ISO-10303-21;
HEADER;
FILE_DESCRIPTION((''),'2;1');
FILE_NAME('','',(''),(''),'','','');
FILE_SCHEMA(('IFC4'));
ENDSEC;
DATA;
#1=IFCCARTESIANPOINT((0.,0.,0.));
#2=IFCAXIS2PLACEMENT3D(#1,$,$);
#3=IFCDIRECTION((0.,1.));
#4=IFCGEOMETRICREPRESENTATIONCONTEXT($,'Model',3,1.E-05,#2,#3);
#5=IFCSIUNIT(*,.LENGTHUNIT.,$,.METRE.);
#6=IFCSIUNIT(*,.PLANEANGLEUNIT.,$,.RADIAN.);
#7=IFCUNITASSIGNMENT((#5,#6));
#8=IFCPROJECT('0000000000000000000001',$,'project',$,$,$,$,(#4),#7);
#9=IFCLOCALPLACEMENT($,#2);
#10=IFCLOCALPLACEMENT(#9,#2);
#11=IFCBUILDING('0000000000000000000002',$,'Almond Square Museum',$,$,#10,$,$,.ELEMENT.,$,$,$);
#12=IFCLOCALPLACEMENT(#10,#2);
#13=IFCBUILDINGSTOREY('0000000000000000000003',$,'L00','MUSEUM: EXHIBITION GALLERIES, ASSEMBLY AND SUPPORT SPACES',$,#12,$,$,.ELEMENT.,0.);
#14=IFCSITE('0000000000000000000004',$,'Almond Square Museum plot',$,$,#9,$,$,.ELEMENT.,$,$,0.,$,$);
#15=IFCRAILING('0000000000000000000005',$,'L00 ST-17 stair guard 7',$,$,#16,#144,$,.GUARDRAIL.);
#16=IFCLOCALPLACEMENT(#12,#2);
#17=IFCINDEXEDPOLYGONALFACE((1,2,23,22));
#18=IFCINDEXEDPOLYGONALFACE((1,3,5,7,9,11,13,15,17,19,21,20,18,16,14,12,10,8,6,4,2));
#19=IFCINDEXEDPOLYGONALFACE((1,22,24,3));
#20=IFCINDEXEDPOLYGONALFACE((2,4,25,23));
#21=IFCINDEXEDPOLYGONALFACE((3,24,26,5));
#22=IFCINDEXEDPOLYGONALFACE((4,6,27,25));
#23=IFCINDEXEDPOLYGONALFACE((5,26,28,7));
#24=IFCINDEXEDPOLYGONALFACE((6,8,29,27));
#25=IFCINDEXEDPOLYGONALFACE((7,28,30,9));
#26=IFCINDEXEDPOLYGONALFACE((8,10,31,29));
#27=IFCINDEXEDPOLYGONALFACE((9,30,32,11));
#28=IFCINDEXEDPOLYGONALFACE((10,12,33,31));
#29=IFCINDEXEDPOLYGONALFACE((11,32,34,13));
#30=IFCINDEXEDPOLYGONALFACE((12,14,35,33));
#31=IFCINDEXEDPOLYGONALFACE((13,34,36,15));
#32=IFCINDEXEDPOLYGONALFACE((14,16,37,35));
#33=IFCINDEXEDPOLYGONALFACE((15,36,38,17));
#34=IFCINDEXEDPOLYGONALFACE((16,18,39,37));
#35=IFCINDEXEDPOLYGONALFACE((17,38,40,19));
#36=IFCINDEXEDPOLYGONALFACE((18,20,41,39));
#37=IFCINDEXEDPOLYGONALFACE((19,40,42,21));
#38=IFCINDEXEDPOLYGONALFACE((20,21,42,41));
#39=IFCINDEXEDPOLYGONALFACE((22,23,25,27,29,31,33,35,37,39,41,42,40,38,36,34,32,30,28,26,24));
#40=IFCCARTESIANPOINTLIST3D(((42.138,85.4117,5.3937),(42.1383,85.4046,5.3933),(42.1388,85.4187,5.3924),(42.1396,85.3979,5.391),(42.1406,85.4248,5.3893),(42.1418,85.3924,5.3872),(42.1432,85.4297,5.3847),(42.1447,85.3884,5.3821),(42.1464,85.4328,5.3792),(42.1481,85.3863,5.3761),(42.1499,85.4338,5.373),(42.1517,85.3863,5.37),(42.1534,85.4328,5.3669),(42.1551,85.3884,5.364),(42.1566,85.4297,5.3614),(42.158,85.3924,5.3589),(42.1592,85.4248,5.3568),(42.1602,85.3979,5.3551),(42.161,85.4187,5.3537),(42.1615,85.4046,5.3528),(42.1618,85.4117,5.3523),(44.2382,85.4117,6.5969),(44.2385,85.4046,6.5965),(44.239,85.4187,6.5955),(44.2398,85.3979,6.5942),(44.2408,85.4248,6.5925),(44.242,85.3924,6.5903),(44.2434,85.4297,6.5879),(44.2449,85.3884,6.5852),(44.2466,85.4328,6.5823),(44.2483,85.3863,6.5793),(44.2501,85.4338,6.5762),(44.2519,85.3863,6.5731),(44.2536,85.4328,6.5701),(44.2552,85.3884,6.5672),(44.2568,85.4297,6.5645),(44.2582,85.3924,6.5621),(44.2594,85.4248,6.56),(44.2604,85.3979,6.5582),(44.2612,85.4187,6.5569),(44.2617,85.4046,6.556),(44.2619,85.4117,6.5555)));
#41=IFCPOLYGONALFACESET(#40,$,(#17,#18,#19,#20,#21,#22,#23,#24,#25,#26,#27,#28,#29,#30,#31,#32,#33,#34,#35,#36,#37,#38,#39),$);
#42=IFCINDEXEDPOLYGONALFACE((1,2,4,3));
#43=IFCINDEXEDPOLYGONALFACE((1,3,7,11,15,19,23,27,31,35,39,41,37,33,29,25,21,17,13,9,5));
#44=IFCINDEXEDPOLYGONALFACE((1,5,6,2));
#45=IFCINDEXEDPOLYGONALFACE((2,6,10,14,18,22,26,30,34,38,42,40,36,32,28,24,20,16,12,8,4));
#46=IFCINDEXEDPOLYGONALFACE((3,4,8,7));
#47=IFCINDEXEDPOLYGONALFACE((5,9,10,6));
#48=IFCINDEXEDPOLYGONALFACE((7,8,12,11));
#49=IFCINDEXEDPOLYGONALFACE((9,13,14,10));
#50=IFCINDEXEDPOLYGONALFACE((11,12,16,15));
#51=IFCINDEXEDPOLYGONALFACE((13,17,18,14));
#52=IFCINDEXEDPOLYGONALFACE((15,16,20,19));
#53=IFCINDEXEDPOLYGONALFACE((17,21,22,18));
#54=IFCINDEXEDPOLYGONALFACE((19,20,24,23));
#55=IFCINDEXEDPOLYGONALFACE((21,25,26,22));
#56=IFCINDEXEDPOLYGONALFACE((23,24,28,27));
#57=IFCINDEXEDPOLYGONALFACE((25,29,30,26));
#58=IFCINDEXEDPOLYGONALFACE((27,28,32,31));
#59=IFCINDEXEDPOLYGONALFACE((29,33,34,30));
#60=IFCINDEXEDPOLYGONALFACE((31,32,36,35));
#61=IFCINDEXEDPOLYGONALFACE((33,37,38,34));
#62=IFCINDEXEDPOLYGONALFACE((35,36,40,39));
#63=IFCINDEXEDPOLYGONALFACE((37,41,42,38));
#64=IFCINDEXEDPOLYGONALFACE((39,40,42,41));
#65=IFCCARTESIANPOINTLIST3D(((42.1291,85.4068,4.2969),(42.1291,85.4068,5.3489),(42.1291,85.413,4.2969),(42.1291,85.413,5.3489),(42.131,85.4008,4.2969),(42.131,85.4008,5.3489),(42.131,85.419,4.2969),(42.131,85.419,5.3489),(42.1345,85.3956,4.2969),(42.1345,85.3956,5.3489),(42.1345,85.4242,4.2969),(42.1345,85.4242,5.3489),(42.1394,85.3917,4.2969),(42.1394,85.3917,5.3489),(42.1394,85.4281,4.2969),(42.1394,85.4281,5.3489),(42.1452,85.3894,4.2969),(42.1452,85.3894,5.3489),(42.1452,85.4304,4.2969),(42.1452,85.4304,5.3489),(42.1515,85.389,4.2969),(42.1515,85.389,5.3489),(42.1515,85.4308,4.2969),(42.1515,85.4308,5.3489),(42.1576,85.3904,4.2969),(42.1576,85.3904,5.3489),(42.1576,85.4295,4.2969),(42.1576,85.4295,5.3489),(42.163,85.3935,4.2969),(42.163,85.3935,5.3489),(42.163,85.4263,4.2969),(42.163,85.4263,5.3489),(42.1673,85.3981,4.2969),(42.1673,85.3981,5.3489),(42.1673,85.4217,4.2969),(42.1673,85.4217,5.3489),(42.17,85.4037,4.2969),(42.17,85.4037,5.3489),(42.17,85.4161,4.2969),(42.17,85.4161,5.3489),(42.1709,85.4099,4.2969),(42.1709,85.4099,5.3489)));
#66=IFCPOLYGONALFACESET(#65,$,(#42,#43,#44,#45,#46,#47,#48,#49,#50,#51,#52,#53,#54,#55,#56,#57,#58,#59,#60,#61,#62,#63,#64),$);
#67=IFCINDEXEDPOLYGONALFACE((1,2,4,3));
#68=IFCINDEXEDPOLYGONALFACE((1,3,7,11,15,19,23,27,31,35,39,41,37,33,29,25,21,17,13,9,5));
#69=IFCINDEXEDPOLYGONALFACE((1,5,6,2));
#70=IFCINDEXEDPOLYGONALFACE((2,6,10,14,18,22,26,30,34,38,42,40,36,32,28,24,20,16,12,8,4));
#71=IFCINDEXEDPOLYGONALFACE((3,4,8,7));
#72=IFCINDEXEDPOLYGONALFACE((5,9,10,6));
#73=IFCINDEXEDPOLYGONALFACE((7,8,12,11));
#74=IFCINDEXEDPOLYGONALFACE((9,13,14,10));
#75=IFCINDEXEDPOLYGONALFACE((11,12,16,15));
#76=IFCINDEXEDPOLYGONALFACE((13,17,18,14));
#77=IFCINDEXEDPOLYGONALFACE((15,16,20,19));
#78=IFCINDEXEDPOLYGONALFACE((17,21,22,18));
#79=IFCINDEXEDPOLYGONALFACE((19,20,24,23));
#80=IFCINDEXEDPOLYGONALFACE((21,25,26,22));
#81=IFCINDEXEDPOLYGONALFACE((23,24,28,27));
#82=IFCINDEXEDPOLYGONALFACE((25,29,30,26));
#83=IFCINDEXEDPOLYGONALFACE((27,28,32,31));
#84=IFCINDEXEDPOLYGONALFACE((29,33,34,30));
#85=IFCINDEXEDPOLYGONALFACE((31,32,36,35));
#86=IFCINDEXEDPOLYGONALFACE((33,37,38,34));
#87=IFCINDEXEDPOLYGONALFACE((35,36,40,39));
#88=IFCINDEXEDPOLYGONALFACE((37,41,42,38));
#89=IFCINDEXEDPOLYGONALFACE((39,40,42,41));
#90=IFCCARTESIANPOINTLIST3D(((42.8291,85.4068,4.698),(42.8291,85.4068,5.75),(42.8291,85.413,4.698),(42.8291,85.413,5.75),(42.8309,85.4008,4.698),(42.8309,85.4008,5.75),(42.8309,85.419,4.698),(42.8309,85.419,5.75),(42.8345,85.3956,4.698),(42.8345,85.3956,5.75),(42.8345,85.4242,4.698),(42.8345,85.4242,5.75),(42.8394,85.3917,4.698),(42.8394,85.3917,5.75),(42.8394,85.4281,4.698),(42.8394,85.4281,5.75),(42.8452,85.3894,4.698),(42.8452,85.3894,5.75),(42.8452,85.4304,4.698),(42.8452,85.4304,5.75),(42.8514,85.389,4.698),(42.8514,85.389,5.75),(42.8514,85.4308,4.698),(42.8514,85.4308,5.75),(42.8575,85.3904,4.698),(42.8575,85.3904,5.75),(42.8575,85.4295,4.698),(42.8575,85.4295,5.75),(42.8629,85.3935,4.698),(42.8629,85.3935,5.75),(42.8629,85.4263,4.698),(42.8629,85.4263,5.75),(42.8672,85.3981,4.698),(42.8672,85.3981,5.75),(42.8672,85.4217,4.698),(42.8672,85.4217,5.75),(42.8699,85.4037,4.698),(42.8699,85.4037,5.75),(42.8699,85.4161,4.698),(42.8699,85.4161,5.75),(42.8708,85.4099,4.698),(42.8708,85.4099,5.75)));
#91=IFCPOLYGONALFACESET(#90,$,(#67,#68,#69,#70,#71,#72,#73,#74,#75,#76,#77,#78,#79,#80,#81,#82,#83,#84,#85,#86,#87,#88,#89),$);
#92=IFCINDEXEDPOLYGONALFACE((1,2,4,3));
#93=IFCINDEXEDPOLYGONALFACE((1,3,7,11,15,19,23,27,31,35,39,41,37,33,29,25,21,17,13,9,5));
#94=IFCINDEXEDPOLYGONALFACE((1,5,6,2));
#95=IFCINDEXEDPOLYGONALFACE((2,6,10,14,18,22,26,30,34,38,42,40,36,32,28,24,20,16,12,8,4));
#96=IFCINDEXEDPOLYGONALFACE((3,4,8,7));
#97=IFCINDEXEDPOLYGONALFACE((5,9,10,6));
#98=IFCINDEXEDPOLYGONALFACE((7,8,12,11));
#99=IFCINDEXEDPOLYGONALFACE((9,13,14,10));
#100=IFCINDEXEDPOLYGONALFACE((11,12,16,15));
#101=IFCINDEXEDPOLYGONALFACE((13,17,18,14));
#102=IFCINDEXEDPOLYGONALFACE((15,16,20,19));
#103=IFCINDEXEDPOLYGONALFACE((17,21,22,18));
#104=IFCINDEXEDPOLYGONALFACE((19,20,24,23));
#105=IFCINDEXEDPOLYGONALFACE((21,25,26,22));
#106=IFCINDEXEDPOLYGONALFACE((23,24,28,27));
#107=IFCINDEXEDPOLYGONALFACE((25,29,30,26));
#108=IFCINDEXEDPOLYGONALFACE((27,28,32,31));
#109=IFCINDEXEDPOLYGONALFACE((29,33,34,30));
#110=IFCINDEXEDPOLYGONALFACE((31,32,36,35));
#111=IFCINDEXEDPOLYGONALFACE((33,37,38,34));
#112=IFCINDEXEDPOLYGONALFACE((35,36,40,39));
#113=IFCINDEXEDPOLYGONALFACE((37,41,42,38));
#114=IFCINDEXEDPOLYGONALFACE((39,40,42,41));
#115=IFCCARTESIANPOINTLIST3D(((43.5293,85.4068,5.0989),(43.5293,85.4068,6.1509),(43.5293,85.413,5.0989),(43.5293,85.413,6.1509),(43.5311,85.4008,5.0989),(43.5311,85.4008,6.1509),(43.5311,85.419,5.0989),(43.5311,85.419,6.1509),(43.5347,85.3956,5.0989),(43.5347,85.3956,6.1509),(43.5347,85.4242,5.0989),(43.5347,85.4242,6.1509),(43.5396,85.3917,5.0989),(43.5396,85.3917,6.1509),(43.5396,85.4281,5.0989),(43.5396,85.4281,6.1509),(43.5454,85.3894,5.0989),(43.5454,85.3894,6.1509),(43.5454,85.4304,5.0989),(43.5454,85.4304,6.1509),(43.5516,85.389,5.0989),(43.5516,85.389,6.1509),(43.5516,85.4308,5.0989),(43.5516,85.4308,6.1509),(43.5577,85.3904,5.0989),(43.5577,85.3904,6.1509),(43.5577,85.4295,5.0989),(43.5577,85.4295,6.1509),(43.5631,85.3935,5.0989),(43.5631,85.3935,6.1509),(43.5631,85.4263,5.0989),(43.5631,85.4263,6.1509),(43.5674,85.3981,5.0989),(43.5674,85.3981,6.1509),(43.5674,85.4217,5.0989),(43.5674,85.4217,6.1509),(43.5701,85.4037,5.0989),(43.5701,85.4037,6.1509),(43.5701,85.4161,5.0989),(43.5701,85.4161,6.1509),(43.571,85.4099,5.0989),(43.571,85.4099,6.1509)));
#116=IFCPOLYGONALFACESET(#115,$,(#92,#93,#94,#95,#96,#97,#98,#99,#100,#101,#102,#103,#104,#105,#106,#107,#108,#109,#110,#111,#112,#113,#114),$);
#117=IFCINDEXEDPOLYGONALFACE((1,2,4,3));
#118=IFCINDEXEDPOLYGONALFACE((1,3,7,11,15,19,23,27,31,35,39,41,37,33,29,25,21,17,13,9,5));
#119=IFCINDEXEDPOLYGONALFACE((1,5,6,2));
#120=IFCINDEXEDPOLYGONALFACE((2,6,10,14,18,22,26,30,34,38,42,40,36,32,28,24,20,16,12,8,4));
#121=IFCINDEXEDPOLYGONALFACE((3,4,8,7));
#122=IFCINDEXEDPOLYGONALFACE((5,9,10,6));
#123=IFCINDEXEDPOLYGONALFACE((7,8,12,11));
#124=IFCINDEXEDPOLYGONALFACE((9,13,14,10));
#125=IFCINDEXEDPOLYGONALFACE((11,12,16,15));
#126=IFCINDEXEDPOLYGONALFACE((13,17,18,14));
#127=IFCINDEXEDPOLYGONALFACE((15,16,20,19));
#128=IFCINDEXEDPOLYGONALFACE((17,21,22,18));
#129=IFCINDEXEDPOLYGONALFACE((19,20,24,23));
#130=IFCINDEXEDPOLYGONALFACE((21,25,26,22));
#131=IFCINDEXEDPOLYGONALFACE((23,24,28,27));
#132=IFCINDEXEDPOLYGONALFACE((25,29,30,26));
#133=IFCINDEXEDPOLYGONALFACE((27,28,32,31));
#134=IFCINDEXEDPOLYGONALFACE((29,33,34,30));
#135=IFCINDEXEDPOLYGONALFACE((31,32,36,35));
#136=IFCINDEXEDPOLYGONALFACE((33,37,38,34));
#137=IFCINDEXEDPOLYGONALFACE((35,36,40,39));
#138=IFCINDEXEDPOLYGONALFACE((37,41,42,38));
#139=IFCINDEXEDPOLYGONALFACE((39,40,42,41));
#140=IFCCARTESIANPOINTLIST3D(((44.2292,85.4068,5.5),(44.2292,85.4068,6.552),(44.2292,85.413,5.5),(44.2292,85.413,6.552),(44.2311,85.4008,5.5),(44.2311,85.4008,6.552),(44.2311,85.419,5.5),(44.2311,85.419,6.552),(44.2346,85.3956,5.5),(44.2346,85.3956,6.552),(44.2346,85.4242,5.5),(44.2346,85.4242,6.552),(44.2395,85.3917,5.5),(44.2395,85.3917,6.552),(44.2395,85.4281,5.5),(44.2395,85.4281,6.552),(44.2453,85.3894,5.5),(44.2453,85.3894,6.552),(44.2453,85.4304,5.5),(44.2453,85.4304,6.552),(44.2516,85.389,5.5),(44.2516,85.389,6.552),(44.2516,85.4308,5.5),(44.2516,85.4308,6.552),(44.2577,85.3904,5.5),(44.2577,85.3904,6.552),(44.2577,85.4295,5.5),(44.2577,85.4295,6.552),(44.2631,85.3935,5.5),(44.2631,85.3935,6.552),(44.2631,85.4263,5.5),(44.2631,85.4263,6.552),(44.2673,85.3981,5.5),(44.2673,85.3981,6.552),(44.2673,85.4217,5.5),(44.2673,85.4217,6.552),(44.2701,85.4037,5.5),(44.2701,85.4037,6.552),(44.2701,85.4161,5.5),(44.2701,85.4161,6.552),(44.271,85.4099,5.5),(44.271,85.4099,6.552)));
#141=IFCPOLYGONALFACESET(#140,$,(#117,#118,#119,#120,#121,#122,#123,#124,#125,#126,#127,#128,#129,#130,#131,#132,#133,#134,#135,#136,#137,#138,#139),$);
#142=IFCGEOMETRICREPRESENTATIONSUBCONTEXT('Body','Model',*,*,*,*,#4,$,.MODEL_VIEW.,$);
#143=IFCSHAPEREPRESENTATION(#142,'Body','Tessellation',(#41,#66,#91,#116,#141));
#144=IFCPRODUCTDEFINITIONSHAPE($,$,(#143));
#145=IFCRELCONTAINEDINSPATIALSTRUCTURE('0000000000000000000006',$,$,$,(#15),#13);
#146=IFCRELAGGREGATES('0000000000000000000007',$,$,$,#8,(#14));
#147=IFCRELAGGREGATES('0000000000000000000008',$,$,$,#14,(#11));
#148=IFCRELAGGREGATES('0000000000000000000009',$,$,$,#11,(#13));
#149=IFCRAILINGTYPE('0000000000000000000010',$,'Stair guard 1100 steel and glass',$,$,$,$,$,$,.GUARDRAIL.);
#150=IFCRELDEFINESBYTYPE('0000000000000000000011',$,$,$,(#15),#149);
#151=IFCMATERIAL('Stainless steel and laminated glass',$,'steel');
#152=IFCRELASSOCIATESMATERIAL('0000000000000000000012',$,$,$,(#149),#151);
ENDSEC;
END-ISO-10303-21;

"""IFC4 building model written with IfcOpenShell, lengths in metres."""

from ifc_helpers import new_model, si_unit, direction, frame, origin, origin_2d, place, context, subcontext, project, spatial, circle, extrude, material, type_object, element, save


model = new_model("IFC4")

# Units and contexts
model_context = context("Model", 3, precision=1e-05, world=origin(), true_north=direction((0.0, 1.0)))
body_context = subcontext(model_context, "Body", "Model", "MODEL_VIEW")
ifc_project = project(units=[si_unit("LENGTHUNIT", "METRE"), si_unit("PLANEANGLEUNIT", "RADIAN")], contexts=[model_context])

# Site, building, storey
site_placement = place(None, origin())
site = spatial("IfcSite", under=ifc_project, at=site_placement, Name="Almond Square Museum plot", CompositionType="ELEMENT", RefElevation=0.0)
building_placement = place(site_placement, origin())
building = spatial("IfcBuilding", under=site, at=building_placement, Name="Almond Square Museum", CompositionType="ELEMENT")
storey_placement = place(building_placement, origin())
storey = spatial("IfcBuildingStorey", under=building, at=storey_placement, Name="L00", Description="MUSEUM: EXHIBITION GALLERIES, ASSEMBLY AND SUPPORT SPACES", CompositionType="ELEMENT", Elevation=0.0)

# Railing
ifc_material_1 = material(Name="Stainless steel and laminated glass", Category="steel")
railing_type_1 = type_object("IfcRailingType", Name="Stair guard 1100 steel and glass", PredefinedType="GUARDRAIL", material=ifc_material_1)
railing_1_placement = place(storey_placement, frame((42.1499, 85.4099, 4.2969)))
element("IfcRailing", 1, at=railing_1_placement, inside=storey, type_object=railing_type_1, Name="L00 ST-17 stair guard 7", PredefinedType="GUARDRAIL", context=body_context, shape_type="SweptSolid", body=[
    extrude(circle(Radius=0.0239, at=origin_2d()), frame((0.0, 0.0, 1.0762), z_axis=(0.867696, 0.0, 0.497095), x_axis=(0.0, 1.0, 0.0)), (0.0, 0.0, 1.0), 2.4204),
    extrude(circle(Radius=0.021, at=origin_2d()), origin(), (0.0, 0.0, 1.0), 1.052),
    extrude(circle(Radius=0.021, at=origin_2d()), frame((0.7, 0.0, 0.4011)), (0.0, 0.0, 1.0), 1.052),
    extrude(circle(Radius=0.021, at=origin_2d()), frame((1.4001, 0.0, 0.802)), (0.0, 0.0, 1.0), 1.052),
    extrude(circle(Radius=0.021, at=origin_2d()), frame((2.1001, 0.0, 1.2031)), (0.0, 0.0, 1.0), 1.052),
])

save(model, "model.ifc")
